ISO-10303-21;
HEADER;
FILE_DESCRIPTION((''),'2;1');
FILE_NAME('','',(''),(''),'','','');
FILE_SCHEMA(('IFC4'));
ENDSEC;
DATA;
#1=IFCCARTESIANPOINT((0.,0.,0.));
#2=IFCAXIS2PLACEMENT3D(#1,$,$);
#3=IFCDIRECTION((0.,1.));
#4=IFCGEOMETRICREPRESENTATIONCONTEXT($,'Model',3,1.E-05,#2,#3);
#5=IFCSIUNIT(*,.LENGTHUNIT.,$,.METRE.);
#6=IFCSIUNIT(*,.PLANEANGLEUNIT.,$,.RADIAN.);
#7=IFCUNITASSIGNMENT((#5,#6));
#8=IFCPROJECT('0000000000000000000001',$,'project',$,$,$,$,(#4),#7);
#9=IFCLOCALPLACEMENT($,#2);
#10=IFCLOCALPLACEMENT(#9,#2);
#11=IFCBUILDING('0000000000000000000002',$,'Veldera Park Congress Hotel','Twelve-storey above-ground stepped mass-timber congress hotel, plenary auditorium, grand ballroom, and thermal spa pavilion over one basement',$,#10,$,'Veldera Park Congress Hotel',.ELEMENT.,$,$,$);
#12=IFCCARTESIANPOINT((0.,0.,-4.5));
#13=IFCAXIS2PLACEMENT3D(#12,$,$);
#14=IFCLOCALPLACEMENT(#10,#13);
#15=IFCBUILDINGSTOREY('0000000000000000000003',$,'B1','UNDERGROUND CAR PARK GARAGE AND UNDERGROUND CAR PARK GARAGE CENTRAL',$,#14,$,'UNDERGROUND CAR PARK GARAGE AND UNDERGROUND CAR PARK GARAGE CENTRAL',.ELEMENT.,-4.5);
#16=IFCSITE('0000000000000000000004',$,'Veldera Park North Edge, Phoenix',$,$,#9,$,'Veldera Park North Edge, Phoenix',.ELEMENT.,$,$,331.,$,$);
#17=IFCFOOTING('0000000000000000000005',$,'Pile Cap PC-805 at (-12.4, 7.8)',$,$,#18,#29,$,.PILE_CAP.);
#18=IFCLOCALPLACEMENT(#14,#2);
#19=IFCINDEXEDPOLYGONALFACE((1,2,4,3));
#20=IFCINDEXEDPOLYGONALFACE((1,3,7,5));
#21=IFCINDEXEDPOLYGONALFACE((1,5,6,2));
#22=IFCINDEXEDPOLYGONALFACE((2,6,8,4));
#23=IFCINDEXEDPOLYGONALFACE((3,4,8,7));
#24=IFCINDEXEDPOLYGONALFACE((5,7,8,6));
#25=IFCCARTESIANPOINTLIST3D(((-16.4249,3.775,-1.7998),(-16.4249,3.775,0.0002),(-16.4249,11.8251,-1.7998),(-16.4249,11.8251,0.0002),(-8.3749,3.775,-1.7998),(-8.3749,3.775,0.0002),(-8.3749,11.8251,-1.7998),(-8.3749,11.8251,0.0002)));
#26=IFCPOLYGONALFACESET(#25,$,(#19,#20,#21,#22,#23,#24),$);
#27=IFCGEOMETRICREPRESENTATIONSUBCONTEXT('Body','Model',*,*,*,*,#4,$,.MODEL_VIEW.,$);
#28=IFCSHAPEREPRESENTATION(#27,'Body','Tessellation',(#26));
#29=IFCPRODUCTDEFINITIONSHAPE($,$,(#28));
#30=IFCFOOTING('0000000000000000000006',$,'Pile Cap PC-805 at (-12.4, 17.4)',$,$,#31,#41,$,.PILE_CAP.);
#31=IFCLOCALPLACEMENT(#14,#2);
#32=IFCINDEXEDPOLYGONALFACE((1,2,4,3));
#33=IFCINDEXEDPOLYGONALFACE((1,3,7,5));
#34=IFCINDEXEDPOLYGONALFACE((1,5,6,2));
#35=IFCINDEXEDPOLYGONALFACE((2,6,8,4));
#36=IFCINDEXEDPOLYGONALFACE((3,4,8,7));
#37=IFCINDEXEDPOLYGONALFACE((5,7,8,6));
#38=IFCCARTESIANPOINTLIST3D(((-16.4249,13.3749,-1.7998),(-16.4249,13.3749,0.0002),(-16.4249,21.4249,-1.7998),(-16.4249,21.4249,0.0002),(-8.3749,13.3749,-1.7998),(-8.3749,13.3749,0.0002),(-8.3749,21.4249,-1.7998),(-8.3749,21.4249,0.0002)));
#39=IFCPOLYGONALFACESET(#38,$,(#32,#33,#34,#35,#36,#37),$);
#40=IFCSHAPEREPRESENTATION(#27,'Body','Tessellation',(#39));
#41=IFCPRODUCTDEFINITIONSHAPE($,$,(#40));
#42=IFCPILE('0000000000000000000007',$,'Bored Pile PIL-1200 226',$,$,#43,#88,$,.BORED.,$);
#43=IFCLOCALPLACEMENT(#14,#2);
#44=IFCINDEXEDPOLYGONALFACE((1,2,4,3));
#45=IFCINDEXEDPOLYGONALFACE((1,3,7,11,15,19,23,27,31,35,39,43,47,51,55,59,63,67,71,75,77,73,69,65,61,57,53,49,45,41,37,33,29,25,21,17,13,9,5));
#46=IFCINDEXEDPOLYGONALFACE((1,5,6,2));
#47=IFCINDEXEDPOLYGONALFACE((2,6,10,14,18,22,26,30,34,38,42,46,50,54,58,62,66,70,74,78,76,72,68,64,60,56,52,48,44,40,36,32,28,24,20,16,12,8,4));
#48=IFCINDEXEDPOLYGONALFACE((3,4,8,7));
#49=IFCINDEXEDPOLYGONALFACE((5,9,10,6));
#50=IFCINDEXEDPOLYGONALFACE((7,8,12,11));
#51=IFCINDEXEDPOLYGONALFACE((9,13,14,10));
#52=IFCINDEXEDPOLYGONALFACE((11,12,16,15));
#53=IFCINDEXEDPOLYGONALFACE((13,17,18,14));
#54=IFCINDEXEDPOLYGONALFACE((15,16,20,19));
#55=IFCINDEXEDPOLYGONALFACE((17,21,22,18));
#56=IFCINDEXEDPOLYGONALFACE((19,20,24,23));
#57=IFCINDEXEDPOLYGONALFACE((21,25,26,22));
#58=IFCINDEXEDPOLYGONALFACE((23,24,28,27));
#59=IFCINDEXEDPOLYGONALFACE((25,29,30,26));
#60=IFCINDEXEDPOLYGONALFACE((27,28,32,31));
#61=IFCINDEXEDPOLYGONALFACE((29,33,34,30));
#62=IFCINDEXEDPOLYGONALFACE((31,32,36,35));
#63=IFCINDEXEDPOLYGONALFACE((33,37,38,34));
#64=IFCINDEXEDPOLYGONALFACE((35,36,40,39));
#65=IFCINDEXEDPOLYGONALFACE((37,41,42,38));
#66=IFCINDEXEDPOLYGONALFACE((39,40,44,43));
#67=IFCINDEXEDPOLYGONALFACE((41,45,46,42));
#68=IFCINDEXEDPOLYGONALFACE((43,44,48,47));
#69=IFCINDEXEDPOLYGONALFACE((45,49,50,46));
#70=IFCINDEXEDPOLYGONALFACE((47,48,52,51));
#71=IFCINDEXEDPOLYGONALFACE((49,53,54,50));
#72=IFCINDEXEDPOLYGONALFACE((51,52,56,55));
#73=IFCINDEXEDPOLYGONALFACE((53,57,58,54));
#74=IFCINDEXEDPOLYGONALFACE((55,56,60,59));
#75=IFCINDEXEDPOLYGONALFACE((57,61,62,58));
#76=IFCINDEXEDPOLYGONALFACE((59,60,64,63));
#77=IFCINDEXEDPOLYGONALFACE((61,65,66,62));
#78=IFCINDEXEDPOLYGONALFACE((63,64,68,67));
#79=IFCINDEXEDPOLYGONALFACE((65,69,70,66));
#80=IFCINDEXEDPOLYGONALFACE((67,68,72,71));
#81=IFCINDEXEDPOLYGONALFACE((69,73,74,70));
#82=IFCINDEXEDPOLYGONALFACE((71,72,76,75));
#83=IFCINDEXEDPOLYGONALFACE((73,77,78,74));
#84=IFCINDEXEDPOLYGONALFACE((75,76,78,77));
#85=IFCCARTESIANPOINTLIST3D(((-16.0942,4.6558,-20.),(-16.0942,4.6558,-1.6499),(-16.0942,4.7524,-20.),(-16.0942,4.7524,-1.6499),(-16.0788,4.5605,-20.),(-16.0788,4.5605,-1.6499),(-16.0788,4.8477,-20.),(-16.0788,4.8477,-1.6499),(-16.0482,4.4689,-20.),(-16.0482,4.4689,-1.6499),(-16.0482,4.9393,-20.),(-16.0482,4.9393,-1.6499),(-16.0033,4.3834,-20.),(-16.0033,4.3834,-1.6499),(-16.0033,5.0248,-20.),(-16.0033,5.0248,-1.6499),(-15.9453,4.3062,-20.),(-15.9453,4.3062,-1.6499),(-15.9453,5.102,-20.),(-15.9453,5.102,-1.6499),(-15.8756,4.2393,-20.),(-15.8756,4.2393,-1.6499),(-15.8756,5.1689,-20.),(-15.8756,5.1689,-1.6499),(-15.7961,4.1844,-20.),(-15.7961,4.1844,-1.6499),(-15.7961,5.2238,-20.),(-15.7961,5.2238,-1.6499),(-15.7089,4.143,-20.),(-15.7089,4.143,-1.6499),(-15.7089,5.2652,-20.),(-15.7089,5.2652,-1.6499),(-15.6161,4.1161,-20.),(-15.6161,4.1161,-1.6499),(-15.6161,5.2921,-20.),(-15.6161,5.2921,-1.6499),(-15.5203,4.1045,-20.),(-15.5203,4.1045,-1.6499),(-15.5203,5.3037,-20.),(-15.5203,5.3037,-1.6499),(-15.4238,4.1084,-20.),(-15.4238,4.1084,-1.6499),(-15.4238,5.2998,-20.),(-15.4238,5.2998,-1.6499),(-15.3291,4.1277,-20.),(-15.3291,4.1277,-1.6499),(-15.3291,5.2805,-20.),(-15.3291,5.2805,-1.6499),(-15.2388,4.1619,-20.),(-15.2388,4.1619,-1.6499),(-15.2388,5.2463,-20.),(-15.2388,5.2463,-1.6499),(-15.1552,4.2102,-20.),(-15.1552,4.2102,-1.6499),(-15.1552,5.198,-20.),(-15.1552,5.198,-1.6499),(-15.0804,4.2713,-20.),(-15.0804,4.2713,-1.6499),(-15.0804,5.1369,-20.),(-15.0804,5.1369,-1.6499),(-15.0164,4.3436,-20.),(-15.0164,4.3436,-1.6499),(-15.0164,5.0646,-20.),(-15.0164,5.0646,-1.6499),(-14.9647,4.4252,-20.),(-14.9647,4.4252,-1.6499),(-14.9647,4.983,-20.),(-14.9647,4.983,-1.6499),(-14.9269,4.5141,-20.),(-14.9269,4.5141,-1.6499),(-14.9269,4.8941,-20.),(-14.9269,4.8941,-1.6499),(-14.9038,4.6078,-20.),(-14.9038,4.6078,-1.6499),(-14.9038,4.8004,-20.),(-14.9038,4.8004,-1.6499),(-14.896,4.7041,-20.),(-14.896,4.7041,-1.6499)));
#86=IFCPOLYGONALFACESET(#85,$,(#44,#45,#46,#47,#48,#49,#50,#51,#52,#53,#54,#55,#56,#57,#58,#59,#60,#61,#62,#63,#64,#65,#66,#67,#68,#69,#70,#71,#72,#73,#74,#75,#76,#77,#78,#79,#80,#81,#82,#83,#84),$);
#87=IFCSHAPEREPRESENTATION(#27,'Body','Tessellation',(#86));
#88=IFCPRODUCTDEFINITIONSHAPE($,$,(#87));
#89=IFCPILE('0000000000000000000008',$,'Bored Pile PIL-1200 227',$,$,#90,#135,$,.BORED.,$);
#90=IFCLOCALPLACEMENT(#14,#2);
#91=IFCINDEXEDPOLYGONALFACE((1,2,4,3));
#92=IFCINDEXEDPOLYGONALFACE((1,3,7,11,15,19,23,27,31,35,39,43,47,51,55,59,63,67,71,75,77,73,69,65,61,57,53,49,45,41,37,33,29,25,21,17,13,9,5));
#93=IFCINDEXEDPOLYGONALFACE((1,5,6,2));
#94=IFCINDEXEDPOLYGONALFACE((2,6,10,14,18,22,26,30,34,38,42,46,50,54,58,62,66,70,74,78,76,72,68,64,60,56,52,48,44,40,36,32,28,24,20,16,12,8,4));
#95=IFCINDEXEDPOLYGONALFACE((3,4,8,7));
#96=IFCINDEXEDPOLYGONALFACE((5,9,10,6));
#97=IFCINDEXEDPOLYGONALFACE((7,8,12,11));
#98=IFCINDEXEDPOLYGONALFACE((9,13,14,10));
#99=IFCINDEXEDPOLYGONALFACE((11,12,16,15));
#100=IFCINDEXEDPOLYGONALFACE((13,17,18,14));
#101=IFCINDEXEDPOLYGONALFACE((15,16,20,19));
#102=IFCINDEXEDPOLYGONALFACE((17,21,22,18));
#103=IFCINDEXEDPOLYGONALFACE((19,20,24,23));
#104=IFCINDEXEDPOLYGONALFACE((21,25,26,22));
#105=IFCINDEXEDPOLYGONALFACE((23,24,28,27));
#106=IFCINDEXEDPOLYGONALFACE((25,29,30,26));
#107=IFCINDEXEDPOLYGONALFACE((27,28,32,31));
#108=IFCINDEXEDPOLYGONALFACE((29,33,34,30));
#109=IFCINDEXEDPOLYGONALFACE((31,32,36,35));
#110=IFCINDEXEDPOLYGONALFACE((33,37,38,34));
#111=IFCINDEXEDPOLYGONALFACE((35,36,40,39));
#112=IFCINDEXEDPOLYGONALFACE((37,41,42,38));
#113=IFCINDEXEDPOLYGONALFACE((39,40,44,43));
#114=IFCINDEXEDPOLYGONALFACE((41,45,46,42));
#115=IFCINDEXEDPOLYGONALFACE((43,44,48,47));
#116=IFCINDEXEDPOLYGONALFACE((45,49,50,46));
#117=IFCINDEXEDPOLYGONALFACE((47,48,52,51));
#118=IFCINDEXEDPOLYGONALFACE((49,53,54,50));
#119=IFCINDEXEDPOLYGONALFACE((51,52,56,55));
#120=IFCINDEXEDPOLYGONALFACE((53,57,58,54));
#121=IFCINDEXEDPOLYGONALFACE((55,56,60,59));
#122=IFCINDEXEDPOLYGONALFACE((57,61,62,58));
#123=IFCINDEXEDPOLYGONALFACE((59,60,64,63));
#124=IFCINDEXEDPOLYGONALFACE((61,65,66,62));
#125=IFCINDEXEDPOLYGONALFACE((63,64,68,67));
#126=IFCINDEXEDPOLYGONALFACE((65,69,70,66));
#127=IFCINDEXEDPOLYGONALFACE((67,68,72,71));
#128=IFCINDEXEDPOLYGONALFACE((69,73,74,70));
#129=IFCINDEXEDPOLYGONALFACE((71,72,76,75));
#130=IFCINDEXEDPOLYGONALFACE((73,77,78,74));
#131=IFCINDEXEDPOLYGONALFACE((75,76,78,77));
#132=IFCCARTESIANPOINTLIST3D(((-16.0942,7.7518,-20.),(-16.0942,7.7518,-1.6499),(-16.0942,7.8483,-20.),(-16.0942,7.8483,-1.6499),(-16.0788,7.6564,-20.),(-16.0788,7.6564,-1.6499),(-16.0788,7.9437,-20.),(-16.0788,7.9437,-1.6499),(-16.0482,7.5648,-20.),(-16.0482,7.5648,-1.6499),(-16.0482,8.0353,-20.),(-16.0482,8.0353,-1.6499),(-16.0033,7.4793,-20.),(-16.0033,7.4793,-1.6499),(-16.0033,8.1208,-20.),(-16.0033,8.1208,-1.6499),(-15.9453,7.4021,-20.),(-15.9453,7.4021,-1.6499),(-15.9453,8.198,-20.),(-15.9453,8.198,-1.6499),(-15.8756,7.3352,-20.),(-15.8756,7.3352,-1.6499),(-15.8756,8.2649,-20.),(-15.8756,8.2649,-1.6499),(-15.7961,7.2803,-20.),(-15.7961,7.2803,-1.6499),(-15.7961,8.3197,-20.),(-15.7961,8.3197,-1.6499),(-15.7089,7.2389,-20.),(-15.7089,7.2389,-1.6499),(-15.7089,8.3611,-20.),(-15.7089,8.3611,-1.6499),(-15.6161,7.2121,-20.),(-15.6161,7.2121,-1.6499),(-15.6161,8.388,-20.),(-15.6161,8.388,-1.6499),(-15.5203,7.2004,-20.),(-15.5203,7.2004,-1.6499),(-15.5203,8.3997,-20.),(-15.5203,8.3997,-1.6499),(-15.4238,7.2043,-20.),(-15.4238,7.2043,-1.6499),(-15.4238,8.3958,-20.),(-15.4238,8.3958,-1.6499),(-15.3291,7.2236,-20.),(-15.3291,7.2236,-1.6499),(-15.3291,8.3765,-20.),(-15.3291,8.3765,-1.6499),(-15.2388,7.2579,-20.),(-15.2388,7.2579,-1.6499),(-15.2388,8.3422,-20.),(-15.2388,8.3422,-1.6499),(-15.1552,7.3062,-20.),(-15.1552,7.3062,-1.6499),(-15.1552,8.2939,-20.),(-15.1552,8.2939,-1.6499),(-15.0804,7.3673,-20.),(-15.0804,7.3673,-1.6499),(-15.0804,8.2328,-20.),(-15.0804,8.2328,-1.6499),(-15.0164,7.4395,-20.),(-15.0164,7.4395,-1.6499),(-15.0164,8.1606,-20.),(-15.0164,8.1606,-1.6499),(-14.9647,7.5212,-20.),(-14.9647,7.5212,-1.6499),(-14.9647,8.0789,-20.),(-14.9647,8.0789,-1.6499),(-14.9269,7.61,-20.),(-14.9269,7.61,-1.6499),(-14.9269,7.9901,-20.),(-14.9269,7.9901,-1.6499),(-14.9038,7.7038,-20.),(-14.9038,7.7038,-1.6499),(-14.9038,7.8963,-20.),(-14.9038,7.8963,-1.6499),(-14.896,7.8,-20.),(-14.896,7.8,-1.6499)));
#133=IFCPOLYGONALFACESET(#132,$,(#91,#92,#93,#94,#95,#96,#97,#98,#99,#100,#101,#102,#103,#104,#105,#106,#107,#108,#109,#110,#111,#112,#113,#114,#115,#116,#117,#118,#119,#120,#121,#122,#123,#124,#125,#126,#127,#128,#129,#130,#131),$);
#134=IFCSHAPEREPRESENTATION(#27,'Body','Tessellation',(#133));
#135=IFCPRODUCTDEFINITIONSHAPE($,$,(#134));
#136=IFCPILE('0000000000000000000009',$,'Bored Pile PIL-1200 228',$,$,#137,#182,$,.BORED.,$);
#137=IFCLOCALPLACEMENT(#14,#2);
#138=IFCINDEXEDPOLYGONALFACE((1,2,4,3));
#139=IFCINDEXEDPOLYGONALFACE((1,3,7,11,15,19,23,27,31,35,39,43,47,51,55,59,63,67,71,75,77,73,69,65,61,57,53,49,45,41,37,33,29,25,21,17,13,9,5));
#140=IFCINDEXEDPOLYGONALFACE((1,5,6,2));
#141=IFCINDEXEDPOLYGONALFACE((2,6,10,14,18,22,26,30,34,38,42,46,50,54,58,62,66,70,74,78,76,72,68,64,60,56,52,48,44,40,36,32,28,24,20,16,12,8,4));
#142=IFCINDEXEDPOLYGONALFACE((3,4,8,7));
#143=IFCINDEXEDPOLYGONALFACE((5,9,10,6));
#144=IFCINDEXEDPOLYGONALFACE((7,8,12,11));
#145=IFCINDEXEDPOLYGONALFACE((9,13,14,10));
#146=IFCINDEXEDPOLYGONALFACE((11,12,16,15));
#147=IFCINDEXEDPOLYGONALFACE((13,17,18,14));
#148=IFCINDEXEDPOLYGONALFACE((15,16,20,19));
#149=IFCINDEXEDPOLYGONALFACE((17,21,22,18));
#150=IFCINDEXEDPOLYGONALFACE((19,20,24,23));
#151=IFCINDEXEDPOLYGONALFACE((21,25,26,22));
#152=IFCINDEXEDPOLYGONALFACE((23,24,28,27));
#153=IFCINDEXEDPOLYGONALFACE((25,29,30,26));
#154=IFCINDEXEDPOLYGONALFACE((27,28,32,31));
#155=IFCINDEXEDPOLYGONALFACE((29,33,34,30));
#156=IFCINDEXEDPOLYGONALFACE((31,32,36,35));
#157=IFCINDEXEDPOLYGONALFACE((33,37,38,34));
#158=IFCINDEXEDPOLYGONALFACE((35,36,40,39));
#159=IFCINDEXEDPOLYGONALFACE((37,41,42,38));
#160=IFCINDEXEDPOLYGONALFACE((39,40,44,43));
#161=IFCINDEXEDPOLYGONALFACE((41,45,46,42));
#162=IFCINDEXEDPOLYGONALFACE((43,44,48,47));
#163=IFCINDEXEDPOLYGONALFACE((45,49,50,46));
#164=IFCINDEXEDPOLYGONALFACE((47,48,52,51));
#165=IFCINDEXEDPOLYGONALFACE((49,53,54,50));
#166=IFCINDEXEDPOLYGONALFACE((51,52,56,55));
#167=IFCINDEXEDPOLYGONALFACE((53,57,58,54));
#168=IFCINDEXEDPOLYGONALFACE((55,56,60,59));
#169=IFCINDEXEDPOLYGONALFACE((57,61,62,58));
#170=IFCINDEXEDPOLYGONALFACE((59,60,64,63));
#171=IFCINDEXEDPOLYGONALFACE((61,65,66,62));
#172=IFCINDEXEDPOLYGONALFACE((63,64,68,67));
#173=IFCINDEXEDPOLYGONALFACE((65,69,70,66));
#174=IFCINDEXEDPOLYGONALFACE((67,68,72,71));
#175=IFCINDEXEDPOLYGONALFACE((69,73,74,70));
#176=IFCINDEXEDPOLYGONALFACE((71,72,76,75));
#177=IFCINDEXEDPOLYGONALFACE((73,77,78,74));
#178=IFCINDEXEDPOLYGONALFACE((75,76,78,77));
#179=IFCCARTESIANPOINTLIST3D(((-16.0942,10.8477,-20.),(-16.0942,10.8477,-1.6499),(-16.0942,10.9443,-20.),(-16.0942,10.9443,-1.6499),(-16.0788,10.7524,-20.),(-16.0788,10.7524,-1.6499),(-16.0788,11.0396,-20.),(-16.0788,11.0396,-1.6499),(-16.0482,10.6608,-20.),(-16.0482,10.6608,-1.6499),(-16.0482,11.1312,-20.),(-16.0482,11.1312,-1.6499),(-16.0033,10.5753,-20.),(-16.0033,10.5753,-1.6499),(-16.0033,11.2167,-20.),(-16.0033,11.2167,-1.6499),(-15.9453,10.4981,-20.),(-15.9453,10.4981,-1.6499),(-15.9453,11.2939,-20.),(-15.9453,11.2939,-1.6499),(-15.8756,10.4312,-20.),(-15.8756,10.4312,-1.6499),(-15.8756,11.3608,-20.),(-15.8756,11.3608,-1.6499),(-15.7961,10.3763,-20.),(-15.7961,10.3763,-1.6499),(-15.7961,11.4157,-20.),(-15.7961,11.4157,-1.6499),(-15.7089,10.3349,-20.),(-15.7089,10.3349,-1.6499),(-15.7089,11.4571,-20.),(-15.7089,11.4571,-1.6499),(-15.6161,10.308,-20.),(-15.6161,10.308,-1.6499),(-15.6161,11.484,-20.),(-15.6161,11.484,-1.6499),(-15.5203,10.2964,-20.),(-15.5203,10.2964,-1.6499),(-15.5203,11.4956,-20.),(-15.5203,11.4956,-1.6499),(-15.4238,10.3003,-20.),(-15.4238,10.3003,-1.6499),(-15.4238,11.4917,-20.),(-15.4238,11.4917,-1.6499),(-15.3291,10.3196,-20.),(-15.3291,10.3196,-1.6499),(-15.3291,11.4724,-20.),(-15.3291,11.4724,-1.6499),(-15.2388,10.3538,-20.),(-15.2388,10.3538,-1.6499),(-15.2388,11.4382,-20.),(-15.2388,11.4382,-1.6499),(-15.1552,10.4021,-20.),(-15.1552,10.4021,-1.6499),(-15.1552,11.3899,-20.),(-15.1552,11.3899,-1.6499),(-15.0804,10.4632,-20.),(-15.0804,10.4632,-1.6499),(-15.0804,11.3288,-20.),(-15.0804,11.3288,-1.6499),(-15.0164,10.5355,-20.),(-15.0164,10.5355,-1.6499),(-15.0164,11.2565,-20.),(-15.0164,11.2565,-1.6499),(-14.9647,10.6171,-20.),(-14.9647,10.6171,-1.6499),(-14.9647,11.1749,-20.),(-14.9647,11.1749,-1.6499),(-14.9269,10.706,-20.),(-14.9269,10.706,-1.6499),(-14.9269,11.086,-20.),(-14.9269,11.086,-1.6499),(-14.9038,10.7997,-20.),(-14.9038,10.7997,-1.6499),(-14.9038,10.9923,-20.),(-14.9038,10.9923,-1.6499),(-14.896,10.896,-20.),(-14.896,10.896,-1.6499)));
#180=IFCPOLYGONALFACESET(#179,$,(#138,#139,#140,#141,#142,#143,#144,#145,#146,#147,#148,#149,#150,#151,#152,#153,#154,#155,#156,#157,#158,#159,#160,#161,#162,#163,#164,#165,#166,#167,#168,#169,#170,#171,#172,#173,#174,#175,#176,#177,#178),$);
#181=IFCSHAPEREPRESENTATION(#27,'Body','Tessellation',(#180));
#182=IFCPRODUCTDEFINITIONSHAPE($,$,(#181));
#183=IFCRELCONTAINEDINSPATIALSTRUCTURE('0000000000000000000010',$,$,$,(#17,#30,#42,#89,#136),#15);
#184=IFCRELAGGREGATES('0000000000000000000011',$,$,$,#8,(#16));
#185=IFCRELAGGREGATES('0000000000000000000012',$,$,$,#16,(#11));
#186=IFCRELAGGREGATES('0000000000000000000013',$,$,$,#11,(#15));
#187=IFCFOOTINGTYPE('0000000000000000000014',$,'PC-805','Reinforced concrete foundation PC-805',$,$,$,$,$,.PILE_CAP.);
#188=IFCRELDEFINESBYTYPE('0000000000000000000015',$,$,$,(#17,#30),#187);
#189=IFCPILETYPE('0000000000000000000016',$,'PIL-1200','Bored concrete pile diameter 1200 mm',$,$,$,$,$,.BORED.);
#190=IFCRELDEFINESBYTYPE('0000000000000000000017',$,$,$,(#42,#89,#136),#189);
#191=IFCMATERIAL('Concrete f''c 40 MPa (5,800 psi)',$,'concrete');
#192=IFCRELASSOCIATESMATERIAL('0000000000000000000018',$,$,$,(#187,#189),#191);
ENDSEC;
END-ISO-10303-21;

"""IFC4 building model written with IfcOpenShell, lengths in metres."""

from ifc_helpers import new_model, si_unit, direction, frame, origin, origin_2d, place, context, subcontext, project, spatial, rectangle, circle, extrude, material, material_profile, profile_set, type_object, element, save


model = new_model("IFC4")

# Units and contexts
model_context = context("Model", 3, precision=1e-05, world=origin(), true_north=direction((0.0, 1.0)))
body_context = subcontext(model_context, "Body", "Model", "MODEL_VIEW")
ifc_project = project(units=[si_unit("LENGTHUNIT", "METRE"), si_unit("PLANEANGLEUNIT", "RADIAN")], contexts=[model_context])

# Site, building, storey
site_placement = place(None, origin())
site = spatial("IfcSite", under=ifc_project, at=site_placement, Name="Veldera Park North Edge, Phoenix", LongName="Veldera Park North Edge, Phoenix", CompositionType="ELEMENT", RefElevation=331.0)
building_placement = place(site_placement, origin())
building = spatial("IfcBuilding", under=site, at=building_placement, Name="Veldera Park Congress Hotel", Description="Twelve-storey above-ground stepped mass-timber congress hotel, plenary auditorium, grand ballroom, and thermal spa pavilion over one basement", LongName="Veldera Park Congress Hotel", CompositionType="ELEMENT")
storey_placement = place(building_placement, frame((0.0, 0.0, -4.5)))
storey = spatial("IfcBuildingStorey", under=building, at=storey_placement, Name="B1", Description="UNDERGROUND CAR PARK GARAGE AND UNDERGROUND CAR PARK GARAGE CENTRAL", LongName="UNDERGROUND CAR PARK GARAGE AND UNDERGROUND CAR PARK GARAGE CENTRAL", CompositionType="ELEMENT", Elevation=-4.5)

# Footings
ifc_material_1 = material(Name="Concrete f'c 40 MPa (5,800 psi)", Category="concrete")
footing_type = type_object("IfcFootingType", Name="PC-805", Description="Reinforced concrete foundation PC-805", PredefinedType="PILE_CAP", material=ifc_material_1)
for number, where, z_axis, x_axis, name in (
    (1, (-12.3999, 7.8, -1.7998), (0.0, 0.0, 1.0), (1.0, 0.0, 0.0), "Pile Cap PC-805 at (-12.4, 7.8)"),
    (2, (-12.3999, 17.3999, -1.7998), (0.0, 0.0, 1.0), (1.0, 0.0, 0.0), "Pile Cap PC-805 at (-12.4, 17.4)"),
):
    element("IfcFooting", number, at=place(storey_placement, frame(where, z_axis=z_axis, x_axis=x_axis)), inside=storey, type_object=footing_type, Name=name, PredefinedType="PILE_CAP", context=body_context, shape_type="SweptSolid", body=[
        extrude(rectangle(XDim=8.05, YDim=8.05, at=origin_2d()), origin(), (0.0, 0.0, 1.0), 1.8),
    ])

# Piles
ifc_material_profile_1 = material_profile(ifc_material_1, circle(Radius=0.6001, at=origin_2d()), Name="PILE D1200")
ifc_profile_set_1 = profile_set([ifc_material_profile_1], Name="Concrete f'c 40 MPa (5,800 psi)")
pile_type = type_object("IfcPileType", Name="PIL-1200", Description="Bored concrete pile diameter 1200 mm", PredefinedType="BORED", material=ifc_profile_set_1)
for number, where, z_axis, x_axis, name in (
    (3, (-15.4961, 4.7041, -1.6499), (0.0, 0.0, -1.0), (1.0, 0.0, 0.0), "Bored Pile PIL-1200 226"),
    (4, (-15.4961, 7.8, -1.6499), (0.0, 0.0, -1.0), (1.0, 0.0, 0.0), "Bored Pile PIL-1200 227"),
    (5, (-15.4961, 10.896, -1.6499), (0.0, 0.0, -1.0), (1.0, 0.0, 0.0), "Bored Pile PIL-1200 228"),
):
    element("IfcPile", number, at=place(storey_placement, frame(where, z_axis=z_axis, x_axis=x_axis)), inside=storey, type_object=pile_type, Name=name, PredefinedType="BORED", context=body_context, shape_type="SweptSolid", body=[
        extrude(circle(Radius=0.6001, at=origin_2d()), origin(), (0.0, 0.0, 1.0), 18.3501),
    ])

save(model, "model.ifc")
